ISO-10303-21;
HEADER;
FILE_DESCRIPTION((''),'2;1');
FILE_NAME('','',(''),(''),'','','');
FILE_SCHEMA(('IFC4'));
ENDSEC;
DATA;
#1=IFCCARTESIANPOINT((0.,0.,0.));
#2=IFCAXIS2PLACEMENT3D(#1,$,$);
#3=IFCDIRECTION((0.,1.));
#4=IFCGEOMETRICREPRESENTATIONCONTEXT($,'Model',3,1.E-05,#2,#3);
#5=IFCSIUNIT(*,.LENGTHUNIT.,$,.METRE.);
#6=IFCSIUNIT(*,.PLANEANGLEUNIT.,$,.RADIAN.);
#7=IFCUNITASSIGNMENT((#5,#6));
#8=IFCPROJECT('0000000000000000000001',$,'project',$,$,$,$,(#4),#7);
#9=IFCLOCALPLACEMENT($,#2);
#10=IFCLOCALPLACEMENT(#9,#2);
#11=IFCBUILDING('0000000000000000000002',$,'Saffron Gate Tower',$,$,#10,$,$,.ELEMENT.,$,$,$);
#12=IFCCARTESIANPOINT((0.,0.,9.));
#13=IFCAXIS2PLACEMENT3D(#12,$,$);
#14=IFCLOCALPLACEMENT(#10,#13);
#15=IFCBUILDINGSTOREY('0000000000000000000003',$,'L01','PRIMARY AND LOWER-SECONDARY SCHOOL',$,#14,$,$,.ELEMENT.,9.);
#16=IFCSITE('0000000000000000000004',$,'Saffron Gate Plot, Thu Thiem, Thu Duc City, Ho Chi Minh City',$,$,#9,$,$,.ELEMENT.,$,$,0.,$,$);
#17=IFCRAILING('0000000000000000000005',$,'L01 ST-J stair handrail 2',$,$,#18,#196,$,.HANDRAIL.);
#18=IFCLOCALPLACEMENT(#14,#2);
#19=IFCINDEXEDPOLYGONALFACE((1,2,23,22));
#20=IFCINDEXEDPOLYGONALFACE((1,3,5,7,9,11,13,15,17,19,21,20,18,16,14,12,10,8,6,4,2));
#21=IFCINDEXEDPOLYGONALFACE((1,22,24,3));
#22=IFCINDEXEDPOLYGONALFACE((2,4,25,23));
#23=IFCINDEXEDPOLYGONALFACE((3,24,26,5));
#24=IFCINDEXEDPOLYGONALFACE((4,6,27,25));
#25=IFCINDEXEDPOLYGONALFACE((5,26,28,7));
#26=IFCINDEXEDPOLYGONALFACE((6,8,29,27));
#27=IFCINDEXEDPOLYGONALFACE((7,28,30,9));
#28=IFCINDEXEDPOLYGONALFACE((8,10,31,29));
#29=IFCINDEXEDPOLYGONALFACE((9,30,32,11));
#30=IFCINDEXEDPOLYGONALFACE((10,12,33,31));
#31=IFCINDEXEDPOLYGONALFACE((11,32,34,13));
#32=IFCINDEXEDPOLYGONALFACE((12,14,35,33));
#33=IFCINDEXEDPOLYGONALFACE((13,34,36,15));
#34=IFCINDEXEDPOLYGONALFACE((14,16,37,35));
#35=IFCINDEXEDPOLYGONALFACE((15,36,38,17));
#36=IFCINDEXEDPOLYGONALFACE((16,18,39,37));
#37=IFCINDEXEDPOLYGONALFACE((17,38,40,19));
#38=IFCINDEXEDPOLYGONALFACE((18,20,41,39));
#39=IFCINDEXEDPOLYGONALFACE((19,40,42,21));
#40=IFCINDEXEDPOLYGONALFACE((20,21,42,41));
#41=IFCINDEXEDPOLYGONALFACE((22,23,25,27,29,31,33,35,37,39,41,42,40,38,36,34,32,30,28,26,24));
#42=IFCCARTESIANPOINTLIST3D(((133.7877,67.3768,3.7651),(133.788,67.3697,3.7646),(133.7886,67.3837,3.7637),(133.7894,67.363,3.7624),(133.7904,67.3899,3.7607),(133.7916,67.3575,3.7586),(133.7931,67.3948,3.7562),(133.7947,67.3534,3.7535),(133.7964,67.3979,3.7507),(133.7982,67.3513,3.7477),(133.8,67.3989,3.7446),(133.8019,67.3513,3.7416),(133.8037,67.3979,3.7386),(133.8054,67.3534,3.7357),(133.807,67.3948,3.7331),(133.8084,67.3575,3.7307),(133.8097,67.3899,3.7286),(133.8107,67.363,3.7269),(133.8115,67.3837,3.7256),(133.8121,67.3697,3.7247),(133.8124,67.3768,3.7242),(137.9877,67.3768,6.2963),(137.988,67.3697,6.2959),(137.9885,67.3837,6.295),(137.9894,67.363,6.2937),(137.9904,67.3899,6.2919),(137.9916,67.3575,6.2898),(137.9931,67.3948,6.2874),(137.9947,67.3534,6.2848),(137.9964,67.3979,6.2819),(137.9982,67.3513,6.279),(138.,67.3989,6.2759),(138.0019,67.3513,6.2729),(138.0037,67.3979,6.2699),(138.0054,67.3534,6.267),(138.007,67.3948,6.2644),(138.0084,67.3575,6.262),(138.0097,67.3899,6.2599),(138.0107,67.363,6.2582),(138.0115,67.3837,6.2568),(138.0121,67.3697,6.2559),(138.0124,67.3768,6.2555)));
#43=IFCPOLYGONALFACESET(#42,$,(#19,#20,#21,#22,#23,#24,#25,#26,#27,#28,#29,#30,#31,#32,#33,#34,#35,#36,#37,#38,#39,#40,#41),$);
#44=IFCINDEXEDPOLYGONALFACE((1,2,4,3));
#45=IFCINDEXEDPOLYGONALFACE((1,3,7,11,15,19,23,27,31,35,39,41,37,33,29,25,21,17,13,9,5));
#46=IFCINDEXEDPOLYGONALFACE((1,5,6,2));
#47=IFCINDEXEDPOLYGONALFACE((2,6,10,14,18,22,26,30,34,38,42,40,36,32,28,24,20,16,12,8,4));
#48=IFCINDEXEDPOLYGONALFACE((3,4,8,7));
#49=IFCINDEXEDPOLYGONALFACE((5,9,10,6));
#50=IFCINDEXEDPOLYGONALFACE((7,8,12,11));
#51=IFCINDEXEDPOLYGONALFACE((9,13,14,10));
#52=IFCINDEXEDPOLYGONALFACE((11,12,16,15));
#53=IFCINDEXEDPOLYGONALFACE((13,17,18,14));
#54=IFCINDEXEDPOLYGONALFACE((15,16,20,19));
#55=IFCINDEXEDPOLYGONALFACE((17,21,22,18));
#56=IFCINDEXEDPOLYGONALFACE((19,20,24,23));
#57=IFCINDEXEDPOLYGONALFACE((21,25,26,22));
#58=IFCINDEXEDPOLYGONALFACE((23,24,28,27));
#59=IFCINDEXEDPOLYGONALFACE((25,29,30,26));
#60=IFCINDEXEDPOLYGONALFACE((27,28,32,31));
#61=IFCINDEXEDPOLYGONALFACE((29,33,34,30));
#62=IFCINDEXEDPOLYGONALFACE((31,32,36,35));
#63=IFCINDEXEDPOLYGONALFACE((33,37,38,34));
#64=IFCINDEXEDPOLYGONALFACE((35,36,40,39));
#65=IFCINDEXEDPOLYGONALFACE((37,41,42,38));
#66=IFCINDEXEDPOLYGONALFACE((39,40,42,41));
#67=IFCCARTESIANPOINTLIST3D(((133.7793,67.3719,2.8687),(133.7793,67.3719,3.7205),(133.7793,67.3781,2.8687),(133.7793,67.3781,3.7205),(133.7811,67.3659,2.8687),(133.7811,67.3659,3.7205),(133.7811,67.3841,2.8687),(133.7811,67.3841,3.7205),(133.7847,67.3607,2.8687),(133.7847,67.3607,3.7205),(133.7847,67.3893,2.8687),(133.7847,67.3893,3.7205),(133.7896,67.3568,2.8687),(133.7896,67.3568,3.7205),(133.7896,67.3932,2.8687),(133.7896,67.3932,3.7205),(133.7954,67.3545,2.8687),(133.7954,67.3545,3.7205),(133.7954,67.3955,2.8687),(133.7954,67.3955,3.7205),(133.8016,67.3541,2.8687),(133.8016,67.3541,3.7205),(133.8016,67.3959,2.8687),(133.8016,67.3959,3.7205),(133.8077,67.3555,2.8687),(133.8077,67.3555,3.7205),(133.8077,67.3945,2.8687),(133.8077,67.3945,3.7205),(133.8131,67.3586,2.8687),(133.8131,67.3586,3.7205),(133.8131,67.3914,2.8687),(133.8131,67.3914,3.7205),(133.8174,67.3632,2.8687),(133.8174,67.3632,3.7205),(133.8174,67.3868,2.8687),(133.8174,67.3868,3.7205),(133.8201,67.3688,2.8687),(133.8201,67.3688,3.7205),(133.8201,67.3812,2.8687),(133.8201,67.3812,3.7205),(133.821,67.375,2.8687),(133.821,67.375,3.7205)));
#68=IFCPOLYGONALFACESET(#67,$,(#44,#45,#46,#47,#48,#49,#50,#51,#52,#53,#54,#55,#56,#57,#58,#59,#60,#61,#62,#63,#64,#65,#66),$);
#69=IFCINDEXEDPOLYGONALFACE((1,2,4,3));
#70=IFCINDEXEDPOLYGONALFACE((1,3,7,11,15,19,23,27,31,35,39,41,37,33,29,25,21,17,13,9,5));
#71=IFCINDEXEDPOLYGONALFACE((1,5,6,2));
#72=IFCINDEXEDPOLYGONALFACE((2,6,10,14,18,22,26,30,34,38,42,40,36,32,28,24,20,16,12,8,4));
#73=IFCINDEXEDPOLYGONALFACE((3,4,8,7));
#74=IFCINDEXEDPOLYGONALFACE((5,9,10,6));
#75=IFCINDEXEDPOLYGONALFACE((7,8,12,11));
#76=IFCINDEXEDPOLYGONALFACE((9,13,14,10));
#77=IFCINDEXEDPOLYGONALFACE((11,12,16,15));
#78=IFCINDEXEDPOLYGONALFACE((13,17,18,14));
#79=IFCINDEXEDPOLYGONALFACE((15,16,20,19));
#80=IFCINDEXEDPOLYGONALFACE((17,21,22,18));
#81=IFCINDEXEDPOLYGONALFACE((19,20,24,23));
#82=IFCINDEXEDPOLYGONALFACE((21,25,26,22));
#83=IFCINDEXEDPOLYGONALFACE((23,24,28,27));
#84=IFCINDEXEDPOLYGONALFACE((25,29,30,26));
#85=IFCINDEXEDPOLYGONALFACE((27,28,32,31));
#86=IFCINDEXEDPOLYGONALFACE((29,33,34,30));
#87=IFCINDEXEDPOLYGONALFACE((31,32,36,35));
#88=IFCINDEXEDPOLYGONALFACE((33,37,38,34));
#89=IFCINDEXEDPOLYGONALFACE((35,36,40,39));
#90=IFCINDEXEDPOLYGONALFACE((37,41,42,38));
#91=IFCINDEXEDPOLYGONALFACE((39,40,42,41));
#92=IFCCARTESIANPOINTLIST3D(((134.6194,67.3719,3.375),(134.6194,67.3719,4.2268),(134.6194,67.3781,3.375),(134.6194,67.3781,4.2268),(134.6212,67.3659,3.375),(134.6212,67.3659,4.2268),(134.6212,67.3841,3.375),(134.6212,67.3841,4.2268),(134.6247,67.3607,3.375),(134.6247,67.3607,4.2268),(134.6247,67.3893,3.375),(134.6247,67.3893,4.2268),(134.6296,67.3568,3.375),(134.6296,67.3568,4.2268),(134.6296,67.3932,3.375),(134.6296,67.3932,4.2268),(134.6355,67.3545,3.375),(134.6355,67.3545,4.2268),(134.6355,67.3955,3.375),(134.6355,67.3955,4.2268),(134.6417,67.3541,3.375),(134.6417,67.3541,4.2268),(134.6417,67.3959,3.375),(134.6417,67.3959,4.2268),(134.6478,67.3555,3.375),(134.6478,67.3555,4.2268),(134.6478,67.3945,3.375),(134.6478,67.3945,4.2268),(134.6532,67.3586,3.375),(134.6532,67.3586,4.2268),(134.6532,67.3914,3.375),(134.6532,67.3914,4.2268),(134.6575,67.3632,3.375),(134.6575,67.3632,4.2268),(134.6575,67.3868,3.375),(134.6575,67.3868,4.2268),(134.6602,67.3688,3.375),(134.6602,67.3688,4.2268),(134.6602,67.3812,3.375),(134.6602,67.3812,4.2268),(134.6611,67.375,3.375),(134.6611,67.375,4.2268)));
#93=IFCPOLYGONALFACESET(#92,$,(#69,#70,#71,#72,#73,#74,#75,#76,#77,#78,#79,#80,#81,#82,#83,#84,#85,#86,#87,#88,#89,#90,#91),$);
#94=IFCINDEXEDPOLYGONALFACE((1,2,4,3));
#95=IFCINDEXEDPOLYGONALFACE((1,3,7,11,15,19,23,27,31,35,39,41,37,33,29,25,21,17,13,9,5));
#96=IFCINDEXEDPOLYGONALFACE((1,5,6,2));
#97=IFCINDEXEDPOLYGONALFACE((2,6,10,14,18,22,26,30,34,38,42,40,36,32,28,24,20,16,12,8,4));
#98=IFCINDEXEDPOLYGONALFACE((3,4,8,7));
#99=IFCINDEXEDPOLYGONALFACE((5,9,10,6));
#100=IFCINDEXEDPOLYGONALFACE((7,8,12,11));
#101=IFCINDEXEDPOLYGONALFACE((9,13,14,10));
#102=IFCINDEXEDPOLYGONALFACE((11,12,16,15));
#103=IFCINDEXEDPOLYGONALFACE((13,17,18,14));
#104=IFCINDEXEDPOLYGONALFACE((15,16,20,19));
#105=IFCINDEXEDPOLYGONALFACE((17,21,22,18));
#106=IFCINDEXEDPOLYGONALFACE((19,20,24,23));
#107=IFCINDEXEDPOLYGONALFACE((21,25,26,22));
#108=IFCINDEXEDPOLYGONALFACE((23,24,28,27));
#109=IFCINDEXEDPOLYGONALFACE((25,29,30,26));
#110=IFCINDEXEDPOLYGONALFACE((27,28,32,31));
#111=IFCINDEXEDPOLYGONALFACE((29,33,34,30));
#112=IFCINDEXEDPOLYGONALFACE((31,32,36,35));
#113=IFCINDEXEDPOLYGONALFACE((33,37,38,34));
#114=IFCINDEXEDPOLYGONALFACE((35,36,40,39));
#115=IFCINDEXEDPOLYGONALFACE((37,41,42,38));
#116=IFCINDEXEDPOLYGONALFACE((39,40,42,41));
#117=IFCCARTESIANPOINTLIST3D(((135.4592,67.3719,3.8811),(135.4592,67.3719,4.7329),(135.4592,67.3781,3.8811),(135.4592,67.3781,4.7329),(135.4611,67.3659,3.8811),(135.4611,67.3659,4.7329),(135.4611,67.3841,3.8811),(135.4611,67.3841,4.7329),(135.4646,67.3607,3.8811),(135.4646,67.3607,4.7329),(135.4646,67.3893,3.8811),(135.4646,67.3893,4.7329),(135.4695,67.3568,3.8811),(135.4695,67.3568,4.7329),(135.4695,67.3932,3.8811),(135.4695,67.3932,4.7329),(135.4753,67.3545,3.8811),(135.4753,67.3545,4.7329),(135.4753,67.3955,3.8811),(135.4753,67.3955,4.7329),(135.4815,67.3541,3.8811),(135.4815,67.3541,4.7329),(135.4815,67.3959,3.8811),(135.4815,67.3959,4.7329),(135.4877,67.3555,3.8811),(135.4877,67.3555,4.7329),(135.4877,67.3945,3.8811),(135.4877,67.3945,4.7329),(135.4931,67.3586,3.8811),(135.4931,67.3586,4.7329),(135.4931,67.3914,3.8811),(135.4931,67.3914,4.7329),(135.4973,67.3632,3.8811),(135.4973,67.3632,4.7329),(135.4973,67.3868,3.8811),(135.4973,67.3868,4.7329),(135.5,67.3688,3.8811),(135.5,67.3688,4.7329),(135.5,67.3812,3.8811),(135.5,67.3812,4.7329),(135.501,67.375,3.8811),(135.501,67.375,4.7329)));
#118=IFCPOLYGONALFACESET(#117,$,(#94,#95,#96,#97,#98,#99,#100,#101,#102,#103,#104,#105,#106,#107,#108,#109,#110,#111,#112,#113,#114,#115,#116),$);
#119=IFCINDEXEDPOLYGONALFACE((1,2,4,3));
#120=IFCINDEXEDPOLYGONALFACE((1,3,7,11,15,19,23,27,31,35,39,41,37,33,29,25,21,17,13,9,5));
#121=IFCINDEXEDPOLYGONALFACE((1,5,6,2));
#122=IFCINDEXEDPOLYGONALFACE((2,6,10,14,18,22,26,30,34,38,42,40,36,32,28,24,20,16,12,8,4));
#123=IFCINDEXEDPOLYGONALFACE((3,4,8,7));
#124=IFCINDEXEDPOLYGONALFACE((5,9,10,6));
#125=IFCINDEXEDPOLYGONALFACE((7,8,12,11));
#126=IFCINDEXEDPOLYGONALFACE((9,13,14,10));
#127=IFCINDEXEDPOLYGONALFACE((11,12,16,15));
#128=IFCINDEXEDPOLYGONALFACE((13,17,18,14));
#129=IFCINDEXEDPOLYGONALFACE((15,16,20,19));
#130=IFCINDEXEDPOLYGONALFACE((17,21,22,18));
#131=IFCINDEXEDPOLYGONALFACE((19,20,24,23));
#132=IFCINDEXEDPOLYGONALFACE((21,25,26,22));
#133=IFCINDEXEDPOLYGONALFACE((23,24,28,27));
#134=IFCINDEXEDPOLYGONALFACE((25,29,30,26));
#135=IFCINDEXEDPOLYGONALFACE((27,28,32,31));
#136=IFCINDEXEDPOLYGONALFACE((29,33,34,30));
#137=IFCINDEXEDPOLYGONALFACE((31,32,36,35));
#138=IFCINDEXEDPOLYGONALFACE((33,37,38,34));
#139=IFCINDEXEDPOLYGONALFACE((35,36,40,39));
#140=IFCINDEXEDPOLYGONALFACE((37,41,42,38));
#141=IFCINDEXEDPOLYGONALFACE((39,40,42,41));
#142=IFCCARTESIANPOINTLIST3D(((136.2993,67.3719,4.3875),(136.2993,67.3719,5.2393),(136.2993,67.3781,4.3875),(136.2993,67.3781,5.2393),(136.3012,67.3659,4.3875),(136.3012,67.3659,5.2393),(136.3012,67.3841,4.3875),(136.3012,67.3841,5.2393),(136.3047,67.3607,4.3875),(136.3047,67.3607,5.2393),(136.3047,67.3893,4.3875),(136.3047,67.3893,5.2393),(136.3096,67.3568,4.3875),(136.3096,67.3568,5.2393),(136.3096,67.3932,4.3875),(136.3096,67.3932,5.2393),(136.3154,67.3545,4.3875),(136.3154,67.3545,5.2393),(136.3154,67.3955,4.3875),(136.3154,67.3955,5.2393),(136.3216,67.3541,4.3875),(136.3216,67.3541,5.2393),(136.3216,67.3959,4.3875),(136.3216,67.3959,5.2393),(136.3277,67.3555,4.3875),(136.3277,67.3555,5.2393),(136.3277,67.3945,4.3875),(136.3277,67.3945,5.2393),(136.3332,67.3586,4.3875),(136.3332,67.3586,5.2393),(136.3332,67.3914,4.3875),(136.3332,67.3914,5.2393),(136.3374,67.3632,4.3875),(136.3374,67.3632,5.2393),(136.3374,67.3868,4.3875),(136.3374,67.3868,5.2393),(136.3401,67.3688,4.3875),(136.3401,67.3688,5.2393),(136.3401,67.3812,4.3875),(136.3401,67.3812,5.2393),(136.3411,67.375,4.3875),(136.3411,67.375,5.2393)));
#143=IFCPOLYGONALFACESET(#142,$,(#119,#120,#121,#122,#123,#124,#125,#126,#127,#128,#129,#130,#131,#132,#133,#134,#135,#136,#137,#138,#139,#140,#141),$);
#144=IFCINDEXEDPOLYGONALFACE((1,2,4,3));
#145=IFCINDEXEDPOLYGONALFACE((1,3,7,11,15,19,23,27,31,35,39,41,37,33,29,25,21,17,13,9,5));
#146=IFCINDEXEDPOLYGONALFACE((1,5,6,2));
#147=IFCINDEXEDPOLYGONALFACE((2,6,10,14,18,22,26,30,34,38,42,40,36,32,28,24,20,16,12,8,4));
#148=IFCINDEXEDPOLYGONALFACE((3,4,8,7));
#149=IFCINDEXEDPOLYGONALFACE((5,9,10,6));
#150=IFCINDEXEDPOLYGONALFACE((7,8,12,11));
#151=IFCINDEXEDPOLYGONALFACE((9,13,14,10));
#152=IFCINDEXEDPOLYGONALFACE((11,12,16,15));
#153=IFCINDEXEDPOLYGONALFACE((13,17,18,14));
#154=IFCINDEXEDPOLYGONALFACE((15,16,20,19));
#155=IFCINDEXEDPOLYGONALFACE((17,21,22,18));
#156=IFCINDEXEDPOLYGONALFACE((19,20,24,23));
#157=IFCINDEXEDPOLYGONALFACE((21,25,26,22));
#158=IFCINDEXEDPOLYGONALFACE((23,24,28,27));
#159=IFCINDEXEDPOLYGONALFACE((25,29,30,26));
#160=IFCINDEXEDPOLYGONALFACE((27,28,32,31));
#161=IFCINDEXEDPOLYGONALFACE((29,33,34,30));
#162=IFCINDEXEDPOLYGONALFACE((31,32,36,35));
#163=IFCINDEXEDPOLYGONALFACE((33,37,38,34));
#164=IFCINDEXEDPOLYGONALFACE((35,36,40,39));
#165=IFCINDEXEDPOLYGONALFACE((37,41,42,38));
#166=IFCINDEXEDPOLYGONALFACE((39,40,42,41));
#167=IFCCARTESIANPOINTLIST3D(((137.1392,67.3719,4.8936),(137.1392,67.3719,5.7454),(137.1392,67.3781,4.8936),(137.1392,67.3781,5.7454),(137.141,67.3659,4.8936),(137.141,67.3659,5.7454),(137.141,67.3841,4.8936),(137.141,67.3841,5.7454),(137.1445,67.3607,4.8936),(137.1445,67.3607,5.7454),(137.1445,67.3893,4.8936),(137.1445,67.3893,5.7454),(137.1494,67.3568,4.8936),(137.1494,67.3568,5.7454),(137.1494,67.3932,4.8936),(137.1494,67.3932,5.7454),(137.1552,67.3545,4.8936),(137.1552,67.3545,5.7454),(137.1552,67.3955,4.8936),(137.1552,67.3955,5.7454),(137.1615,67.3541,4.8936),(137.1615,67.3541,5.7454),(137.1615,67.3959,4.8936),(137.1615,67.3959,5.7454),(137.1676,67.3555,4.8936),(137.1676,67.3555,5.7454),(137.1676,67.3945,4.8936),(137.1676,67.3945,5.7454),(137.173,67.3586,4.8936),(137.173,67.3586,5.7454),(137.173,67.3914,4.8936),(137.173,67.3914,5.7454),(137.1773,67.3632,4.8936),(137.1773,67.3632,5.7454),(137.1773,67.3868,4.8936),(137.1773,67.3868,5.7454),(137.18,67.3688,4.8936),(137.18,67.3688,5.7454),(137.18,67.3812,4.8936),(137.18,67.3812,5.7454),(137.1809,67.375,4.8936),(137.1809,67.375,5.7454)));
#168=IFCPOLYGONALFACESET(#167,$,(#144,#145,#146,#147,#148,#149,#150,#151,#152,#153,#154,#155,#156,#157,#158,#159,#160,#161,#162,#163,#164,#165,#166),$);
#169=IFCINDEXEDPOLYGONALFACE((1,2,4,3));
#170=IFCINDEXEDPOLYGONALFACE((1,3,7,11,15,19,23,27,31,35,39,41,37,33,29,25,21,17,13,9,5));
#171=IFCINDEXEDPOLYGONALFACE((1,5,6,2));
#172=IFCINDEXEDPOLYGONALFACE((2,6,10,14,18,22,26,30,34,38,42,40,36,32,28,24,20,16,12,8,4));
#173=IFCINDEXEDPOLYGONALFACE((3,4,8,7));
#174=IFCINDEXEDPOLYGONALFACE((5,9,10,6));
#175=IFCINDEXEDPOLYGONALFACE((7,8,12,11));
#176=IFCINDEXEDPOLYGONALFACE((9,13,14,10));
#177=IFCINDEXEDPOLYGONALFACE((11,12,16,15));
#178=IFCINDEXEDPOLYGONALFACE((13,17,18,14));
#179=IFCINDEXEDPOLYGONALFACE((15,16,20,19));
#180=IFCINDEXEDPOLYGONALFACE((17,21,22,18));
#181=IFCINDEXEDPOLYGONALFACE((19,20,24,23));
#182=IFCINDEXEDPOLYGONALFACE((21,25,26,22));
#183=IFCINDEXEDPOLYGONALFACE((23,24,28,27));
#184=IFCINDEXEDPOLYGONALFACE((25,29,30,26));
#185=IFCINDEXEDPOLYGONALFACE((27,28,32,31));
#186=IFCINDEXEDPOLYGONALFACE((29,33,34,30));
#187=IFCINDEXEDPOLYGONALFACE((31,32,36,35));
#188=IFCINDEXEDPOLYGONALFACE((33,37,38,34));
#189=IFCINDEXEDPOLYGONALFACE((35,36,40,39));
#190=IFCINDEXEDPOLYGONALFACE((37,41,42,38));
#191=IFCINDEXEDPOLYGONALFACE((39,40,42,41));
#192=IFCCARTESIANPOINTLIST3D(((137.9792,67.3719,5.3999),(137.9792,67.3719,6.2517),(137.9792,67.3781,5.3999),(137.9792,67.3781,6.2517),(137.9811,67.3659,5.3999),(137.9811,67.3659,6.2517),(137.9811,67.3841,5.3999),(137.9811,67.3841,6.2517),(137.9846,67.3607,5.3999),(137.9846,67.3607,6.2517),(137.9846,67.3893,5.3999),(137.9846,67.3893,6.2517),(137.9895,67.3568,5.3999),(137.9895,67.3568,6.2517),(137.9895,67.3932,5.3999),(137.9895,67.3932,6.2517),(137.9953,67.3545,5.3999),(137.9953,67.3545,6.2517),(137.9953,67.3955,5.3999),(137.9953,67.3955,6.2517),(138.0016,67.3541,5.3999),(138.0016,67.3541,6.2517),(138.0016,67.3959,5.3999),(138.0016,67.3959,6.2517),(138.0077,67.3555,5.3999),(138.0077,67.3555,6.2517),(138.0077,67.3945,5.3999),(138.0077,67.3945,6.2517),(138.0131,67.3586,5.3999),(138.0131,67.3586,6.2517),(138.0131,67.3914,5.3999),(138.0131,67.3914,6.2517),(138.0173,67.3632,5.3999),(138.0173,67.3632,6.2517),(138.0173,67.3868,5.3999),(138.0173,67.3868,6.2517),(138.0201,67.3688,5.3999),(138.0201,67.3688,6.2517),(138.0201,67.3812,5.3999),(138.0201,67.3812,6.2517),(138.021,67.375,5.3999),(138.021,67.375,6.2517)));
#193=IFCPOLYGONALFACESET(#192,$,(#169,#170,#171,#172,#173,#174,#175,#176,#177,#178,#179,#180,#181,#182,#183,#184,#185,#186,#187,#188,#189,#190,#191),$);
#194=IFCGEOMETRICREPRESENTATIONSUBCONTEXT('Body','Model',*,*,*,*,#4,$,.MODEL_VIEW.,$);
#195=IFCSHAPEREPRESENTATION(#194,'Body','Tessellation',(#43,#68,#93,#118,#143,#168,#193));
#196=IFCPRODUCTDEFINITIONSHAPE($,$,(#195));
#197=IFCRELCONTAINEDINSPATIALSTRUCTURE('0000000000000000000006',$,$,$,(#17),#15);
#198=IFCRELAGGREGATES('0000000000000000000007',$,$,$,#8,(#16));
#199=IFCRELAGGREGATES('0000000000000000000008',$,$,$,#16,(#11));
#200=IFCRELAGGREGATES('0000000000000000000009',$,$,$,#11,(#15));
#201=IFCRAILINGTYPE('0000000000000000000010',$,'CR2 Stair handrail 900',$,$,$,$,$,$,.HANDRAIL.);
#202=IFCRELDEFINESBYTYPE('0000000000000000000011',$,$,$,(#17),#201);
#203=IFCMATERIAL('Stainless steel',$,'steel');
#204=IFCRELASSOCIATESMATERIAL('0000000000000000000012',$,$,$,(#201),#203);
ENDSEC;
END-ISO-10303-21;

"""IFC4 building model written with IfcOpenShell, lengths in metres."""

from ifc_helpers import new_model, si_unit, direction, frame, origin, origin_2d, place, context, subcontext, project, spatial, circle, extrude, material, type_object, element, save


model = new_model("IFC4")

# Units and contexts
model_context = context("Model", 3, precision=1e-05, world=origin(), true_north=direction((0.0, 1.0)))
body_context = subcontext(model_context, "Body", "Model", "MODEL_VIEW")
ifc_project = project(units=[si_unit("LENGTHUNIT", "METRE"), si_unit("PLANEANGLEUNIT", "RADIAN")], contexts=[model_context])

# Site, building, storey
site_placement = place(None, origin())
site = spatial("IfcSite", under=ifc_project, at=site_placement, Name="Saffron Gate Plot, Thu Thiem, Thu Duc City, Ho Chi Minh City", CompositionType="ELEMENT", RefElevation=0.0)
building_placement = place(site_placement, origin())
building = spatial("IfcBuilding", under=site, at=building_placement, Name="Saffron Gate Tower", CompositionType="ELEMENT")
storey_placement = place(building_placement, frame((0.0, 0.0, 9.0)))
storey = spatial("IfcBuildingStorey", under=building, at=storey_placement, Name="L01", Description="PRIMARY AND LOWER-SECONDARY SCHOOL", CompositionType="ELEMENT", Elevation=9.0)

# Railing
ifc_material_1 = material(Name="Stainless steel", Category="steel")
railing_type_1 = type_object("IfcRailingType", Name="CR2 Stair handrail 900", PredefinedType="HANDRAIL", material=ifc_material_1)
railing_1_placement = place(storey_placement, frame((133.8, 67.375, 2.8687)))
element("IfcRailing", 1, at=railing_1_placement, inside=storey, type_object=railing_type_1, Name="L01 ST-J stair handrail 2", PredefinedType="HANDRAIL", context=body_context, shape_type="SweptSolid", body=[
    extrude(circle(Radius=0.0239, at=origin_2d()), frame((0.0, 0.0, 0.876), z_axis=(0.856476, 0.0, 0.516186), x_axis=(0.0, 1.0, 0.0)), (0.0, 0.0, 1.0), 4.9038),
    extrude(circle(Radius=0.021, at=origin_2d()), origin(), (0.0, 0.0, 1.0), 0.8518),
    extrude(circle(Radius=0.021, at=origin_2d()), frame((0.8401, 0.0, 0.5063)), (0.0, 0.0, 1.0), 0.8518),
    extrude(circle(Radius=0.021, at=origin_2d()), frame((1.6799, 0.0, 1.0125)), (0.0, 0.0, 1.0), 0.8518),
    extrude(circle(Radius=0.021, at=origin_2d()), frame((2.52, 0.0, 1.5188)), (0.0, 0.0, 1.0), 0.8518),
    extrude(circle(Radius=0.021, at=origin_2d()), frame((3.3599, 0.0, 2.0249)), (0.0, 0.0, 1.0), 0.8518),
    extrude(circle(Radius=0.021, at=origin_2d()), frame((4.2, 0.0, 2.5312)), (0.0, 0.0, 1.0), 0.8518),
])

save(model, "model.ifc")
